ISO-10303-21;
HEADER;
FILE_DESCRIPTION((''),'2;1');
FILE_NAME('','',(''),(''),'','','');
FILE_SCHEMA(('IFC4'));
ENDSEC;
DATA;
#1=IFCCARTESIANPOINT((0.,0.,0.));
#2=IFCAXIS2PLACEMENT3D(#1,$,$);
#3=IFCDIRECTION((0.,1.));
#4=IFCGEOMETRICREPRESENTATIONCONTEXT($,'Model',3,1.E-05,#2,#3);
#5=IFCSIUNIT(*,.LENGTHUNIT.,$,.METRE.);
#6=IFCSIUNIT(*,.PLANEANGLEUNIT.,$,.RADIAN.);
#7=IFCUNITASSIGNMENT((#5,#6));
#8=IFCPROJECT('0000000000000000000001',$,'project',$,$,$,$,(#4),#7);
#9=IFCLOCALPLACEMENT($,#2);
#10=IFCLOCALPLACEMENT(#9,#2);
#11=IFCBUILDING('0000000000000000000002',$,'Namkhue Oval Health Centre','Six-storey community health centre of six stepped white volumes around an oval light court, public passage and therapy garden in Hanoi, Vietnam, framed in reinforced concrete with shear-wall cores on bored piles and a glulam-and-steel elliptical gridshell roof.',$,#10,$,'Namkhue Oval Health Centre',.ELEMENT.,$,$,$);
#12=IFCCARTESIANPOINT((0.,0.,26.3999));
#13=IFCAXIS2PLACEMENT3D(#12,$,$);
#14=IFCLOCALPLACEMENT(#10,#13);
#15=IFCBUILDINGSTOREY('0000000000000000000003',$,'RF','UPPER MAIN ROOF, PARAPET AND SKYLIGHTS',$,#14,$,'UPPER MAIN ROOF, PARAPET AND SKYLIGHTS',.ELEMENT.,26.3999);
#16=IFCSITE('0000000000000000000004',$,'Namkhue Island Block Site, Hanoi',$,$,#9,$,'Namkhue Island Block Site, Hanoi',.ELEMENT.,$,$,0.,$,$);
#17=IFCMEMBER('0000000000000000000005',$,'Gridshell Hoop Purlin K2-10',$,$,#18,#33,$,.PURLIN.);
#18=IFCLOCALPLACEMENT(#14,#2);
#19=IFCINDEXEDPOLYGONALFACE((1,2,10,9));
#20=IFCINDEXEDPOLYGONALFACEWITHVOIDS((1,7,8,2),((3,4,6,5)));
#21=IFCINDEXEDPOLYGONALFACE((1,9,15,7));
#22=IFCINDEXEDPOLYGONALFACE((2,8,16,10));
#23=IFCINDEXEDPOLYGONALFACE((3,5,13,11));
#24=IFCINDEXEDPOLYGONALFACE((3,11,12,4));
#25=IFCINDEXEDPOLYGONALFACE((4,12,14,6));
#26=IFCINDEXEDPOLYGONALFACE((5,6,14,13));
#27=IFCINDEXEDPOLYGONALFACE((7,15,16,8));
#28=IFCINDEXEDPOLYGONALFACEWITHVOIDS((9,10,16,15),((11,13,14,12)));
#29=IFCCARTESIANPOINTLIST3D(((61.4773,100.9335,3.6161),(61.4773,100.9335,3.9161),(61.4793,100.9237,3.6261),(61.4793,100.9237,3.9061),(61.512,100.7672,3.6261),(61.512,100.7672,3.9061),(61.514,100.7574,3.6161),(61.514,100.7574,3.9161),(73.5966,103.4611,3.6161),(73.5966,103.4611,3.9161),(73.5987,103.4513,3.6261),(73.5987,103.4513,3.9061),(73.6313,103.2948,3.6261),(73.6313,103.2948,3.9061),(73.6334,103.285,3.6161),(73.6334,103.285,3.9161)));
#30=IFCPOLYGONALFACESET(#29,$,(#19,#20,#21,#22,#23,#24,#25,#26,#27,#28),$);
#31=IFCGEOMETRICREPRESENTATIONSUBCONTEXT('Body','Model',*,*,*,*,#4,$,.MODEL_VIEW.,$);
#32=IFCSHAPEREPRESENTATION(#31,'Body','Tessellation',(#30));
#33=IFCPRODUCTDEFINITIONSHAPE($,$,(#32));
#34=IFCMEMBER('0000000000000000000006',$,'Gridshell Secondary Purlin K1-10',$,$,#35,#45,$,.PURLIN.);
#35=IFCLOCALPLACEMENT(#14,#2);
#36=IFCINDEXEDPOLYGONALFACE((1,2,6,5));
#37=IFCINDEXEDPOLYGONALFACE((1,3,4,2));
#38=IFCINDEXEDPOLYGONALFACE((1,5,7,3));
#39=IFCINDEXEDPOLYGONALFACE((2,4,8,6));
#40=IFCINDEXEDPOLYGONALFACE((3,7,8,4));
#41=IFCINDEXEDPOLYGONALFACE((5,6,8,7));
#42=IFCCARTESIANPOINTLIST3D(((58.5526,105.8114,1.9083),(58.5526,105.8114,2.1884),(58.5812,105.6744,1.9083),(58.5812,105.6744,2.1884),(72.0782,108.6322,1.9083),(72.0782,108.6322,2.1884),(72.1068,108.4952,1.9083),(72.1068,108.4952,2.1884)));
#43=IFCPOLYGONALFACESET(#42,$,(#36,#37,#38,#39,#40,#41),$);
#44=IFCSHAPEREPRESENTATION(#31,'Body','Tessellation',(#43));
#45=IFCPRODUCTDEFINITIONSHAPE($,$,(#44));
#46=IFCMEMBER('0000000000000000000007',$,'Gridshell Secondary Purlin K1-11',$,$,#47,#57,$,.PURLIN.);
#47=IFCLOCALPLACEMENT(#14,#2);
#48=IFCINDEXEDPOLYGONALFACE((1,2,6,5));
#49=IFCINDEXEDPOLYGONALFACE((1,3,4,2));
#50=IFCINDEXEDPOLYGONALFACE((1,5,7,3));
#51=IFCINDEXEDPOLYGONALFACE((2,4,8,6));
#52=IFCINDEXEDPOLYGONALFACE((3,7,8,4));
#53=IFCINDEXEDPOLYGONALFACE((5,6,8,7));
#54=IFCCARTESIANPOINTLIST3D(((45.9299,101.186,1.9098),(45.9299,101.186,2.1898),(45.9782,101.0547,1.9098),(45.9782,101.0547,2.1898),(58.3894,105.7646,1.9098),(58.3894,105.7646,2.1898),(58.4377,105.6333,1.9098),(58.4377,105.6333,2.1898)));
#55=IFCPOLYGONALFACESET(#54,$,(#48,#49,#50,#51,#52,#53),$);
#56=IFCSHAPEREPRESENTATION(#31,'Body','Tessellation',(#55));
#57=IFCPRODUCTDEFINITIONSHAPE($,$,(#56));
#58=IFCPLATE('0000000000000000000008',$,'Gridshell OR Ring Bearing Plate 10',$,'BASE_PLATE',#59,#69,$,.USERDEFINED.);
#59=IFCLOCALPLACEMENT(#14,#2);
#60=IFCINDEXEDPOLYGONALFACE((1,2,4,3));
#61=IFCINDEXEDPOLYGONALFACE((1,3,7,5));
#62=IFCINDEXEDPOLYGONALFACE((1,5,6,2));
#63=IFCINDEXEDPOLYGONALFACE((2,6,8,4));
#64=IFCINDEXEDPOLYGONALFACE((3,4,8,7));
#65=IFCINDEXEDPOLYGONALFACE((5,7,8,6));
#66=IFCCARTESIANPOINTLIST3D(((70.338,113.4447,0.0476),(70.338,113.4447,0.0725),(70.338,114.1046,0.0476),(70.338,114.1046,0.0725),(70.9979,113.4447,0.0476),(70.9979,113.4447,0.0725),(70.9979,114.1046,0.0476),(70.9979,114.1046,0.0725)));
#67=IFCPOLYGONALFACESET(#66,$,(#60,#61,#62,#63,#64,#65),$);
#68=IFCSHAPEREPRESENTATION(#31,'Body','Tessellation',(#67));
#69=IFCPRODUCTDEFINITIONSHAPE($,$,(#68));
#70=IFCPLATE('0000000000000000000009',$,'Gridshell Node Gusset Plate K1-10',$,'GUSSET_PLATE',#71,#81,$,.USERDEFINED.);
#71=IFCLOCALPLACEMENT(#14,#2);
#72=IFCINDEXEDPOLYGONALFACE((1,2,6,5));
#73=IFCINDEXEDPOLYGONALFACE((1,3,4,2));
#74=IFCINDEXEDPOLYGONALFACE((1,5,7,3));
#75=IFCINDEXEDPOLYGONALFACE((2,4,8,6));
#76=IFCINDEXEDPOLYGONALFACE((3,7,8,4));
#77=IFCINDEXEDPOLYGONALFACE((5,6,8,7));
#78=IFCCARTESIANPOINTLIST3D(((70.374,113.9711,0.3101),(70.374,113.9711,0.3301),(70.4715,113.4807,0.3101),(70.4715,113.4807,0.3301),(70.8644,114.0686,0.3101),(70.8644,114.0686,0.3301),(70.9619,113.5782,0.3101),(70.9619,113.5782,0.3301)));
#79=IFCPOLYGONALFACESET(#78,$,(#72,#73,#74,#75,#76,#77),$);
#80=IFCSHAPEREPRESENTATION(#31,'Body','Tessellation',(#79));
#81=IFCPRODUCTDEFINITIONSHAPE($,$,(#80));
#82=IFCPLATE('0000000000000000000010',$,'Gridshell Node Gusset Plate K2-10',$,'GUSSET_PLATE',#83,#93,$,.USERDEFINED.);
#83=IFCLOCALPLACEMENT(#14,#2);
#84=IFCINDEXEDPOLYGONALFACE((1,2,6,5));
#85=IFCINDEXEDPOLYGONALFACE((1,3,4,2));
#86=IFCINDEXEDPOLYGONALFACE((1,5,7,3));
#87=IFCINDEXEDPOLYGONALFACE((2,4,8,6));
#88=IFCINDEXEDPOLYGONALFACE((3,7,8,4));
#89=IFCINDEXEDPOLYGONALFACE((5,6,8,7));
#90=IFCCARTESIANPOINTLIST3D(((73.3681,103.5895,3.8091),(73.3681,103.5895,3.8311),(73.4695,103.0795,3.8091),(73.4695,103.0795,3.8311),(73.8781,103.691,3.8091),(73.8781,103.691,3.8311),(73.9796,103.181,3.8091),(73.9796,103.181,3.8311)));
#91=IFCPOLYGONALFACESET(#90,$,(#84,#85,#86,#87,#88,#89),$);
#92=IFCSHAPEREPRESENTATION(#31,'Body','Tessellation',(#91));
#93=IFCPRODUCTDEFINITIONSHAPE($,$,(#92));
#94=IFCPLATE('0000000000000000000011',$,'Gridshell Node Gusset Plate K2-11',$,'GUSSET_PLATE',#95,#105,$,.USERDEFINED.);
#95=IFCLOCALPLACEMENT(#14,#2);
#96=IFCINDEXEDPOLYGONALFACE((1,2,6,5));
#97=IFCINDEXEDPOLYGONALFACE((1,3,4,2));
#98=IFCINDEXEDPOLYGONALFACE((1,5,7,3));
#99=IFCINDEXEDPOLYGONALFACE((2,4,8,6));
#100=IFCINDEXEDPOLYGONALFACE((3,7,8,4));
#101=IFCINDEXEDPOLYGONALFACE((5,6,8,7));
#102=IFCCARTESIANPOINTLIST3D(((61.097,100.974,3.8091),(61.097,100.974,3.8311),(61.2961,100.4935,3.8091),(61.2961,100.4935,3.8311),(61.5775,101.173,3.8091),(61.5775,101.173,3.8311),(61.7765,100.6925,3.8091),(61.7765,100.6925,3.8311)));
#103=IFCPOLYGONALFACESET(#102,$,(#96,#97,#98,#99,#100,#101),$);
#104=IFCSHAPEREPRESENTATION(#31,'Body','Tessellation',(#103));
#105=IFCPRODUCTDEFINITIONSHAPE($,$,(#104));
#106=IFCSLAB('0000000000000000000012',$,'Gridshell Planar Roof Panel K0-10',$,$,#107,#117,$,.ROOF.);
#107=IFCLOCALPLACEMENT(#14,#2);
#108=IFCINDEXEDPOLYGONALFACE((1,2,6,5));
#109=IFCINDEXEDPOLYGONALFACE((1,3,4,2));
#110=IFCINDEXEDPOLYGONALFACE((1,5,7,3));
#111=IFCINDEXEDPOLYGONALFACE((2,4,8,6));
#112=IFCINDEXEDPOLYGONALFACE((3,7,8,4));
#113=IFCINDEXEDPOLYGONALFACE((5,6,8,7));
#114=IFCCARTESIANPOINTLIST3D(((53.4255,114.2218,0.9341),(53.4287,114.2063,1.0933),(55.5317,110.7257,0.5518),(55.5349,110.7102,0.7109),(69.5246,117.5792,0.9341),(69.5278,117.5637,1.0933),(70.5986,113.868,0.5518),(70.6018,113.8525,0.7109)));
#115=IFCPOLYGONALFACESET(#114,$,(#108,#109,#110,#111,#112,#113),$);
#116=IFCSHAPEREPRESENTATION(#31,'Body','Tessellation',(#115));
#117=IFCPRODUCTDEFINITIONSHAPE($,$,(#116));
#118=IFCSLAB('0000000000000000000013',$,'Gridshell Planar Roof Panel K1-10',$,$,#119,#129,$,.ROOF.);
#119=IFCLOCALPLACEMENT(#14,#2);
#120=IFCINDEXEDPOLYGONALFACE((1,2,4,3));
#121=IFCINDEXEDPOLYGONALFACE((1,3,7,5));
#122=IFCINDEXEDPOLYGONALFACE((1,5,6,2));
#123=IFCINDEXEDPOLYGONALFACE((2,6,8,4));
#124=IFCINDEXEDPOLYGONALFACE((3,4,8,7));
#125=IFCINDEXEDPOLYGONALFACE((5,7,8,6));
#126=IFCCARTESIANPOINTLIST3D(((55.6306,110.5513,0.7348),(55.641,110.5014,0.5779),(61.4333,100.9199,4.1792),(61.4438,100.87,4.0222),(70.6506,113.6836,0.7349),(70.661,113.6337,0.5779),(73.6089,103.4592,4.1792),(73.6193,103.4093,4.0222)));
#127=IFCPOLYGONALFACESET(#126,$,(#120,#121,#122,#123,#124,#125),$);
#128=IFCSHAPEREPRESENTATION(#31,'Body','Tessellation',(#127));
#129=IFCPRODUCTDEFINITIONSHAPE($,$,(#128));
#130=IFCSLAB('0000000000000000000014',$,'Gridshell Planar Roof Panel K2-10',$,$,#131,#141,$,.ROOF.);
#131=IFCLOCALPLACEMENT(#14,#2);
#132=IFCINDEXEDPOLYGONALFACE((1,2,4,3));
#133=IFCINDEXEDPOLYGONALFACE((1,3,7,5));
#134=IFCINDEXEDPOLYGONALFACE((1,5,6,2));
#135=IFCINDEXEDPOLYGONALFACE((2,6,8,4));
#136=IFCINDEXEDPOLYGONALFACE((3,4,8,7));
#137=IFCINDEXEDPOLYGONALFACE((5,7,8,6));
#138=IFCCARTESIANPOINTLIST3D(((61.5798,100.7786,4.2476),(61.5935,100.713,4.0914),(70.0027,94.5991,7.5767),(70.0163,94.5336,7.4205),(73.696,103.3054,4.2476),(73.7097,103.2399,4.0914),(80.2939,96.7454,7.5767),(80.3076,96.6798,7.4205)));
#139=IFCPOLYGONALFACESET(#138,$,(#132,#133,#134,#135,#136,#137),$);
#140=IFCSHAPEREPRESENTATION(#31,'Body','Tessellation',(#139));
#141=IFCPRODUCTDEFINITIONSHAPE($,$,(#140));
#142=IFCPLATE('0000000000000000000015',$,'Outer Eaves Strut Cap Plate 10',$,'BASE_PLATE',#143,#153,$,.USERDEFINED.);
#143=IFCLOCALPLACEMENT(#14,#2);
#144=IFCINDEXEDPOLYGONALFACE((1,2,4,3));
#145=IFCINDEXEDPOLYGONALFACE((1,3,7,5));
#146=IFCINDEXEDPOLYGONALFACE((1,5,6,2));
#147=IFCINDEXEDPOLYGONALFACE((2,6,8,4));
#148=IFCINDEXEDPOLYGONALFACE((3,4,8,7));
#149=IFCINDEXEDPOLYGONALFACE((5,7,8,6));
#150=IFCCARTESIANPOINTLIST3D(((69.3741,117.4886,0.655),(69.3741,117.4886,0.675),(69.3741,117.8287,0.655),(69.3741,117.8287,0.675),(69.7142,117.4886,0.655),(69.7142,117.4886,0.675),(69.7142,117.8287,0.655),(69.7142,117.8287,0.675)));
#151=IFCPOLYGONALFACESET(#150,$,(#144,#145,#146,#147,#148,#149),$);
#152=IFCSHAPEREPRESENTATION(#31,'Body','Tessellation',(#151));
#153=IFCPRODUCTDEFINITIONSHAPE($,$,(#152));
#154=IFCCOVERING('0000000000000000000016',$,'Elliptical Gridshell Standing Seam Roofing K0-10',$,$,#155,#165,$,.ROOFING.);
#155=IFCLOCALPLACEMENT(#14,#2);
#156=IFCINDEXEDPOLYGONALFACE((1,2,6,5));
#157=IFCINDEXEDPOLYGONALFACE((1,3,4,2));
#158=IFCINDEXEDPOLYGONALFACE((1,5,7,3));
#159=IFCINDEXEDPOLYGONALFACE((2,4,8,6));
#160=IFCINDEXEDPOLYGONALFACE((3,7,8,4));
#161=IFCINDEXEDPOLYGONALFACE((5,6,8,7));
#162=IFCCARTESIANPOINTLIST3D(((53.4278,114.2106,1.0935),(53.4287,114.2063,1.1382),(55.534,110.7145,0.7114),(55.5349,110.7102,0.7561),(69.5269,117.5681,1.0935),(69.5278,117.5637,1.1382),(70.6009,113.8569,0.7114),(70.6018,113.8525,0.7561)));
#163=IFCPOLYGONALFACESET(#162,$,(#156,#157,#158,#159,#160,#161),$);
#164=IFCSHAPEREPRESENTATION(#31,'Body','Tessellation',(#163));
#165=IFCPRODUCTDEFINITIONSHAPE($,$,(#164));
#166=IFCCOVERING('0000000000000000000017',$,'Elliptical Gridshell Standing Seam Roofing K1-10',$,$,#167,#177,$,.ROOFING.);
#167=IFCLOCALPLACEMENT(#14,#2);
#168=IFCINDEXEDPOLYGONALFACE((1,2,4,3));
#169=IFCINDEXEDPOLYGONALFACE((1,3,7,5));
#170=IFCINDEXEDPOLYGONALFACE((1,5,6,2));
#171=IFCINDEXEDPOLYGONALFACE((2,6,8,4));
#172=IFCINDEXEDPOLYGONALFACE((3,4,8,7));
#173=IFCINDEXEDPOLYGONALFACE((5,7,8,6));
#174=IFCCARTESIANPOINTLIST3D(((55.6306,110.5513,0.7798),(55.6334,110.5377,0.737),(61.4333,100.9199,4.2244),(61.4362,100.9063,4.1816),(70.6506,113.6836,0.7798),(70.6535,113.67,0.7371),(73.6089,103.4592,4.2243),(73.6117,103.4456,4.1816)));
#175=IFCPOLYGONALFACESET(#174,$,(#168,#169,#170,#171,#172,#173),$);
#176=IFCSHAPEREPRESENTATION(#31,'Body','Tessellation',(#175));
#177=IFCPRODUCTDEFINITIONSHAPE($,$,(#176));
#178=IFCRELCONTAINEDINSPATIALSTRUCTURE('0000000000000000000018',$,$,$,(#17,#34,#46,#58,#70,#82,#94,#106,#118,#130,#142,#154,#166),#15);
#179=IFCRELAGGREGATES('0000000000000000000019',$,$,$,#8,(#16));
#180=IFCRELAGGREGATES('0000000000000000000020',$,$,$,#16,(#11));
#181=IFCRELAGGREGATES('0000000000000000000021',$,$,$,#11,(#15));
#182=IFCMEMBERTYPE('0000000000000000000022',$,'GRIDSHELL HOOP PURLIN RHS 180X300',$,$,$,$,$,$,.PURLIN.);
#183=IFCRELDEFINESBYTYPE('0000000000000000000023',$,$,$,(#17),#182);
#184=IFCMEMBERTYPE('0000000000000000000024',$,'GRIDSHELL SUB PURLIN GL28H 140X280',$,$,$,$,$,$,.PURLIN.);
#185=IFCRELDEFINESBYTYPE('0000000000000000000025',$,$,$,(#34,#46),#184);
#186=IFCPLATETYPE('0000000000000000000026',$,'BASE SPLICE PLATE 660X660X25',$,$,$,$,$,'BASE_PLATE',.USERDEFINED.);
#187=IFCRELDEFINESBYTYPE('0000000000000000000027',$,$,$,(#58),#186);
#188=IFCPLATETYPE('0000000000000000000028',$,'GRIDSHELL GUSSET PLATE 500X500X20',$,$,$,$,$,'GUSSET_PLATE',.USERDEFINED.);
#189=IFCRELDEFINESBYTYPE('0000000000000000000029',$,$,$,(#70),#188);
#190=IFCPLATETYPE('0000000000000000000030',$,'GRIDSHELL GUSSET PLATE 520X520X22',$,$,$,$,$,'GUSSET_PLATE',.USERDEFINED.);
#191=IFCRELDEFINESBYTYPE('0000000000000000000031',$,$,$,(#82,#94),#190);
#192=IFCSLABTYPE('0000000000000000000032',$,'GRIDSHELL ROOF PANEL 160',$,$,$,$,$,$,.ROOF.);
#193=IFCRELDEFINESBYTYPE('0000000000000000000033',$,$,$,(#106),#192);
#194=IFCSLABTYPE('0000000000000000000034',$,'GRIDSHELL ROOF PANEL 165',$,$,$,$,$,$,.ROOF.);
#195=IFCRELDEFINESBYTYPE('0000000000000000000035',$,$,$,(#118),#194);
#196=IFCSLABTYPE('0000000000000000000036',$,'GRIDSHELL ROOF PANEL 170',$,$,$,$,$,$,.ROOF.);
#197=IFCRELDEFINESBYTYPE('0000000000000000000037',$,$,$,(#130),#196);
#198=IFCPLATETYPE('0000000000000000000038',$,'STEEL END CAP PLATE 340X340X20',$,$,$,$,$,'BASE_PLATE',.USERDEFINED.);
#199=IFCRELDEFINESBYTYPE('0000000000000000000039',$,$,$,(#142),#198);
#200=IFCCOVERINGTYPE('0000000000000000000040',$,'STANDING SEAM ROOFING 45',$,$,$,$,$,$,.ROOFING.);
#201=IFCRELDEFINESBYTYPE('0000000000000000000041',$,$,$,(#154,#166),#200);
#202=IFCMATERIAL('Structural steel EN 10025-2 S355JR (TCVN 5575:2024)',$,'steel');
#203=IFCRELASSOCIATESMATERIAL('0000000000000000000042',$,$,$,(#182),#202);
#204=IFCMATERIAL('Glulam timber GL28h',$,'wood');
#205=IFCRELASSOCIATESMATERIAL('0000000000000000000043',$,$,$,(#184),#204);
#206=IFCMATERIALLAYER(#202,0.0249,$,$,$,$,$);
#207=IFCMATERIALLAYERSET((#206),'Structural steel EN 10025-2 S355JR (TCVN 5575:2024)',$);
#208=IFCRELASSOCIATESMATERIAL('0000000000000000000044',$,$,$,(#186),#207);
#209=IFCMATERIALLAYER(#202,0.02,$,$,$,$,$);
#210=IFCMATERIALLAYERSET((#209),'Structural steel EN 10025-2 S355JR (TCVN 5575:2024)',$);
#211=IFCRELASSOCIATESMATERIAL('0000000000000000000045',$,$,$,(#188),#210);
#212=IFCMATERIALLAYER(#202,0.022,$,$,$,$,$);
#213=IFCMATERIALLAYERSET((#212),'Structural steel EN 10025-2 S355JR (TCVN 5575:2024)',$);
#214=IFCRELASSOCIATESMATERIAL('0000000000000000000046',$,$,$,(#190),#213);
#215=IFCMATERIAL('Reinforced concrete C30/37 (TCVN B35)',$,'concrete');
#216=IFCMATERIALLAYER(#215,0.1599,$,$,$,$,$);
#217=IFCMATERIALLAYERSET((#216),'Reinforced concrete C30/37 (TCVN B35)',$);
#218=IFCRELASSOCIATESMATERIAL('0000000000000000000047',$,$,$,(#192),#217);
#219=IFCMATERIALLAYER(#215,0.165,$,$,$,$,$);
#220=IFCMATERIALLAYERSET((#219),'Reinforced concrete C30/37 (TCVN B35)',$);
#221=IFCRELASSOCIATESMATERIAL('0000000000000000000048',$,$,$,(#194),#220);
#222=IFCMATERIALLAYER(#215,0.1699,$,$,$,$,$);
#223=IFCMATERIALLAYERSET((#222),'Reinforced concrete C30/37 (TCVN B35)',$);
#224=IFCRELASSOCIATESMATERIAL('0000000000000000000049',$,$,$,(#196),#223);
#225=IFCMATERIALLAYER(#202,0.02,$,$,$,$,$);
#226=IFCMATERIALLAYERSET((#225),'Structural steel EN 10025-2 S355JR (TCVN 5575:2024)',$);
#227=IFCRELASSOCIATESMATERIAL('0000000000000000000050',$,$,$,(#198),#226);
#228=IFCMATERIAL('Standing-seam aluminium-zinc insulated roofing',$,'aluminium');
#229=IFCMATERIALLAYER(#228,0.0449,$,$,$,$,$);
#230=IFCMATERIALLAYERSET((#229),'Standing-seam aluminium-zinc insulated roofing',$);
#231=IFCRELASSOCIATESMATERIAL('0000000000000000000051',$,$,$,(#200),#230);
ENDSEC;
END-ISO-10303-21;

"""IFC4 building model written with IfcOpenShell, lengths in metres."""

from ifc_helpers import new_model, si_unit, direction, frame, origin, origin_2d, place, context, subcontext, project, spatial, polyline, rectangle, hollow_rectangle, outline, extrude, material, layer, layer_set, material_profile, profile_set, type_object, element, save


model = new_model("IFC4")

# Units and contexts
model_context = context("Model", 3, precision=1e-05, world=origin(), true_north=direction((0.0, 1.0)))
body_context = subcontext(model_context, "Body", "Model", "MODEL_VIEW")
ifc_project = project(units=[si_unit("LENGTHUNIT", "METRE"), si_unit("PLANEANGLEUNIT", "RADIAN")], contexts=[model_context])

# Site, building, storey
site_placement = place(None, origin())
site = spatial("IfcSite", under=ifc_project, at=site_placement, Name="Namkhue Island Block Site, Hanoi", LongName="Namkhue Island Block Site, Hanoi", CompositionType="ELEMENT", RefElevation=0.0)
building_placement = place(site_placement, origin())
building = spatial("IfcBuilding", under=site, at=building_placement, Name="Namkhue Oval Health Centre", Description="Six-storey community health centre of six stepped white volumes around an oval light court, public passage and therapy garden in Hanoi, Vietnam, framed in reinforced concrete with shear-wall cores on bored piles and a glulam-and-steel elliptical gridshell roof.", LongName="Namkhue Oval Health Centre", CompositionType="ELEMENT")
storey_placement = place(building_placement, frame((0.0, 0.0, 26.3999)))
storey = spatial("IfcBuildingStorey", under=building, at=storey_placement, Name="RF", Description="UPPER MAIN ROOF, PARAPET AND SKYLIGHTS", LongName="UPPER MAIN ROOF, PARAPET AND SKYLIGHTS", CompositionType="ELEMENT", Elevation=26.3999)

# Members
ifc_material_1 = material(Name="Structural steel EN 10025-2 S355JR (TCVN 5575:2024)", Category="steel")
ifc_material_2 = material(Name="Glulam timber GL28h", Category="wood")
ifc_material_profile_1 = material_profile(ifc_material_1, hollow_rectangle(XDim=0.1799, YDim=0.3, WallThickness=0.01, at=origin_2d()), Name="RHS 180x300x10")
ifc_profile_set_1 = profile_set([ifc_material_profile_1], Name="Structural steel EN 10025-2 S355JR (TCVN 5575:2024)")
member_type_1 = type_object("IfcMemberType", Name="GRIDSHELL HOOP PURLIN RHS 180X300", PredefinedType="PURLIN", material=ifc_profile_set_1)
member_1_placement = place(storey_placement, frame((73.615, 103.373, 3.7661), z_axis=(-0.978937, -0.204165, 0.0), x_axis=(0.204165, -0.978937, 0.0)))
element("IfcMember", 1, at=member_1_placement, inside=storey, type_object=member_type_1, Name="Gridshell Hoop Purlin K2-10", PredefinedType="PURLIN", context=body_context, shape_type="SweptSolid", body=[
    extrude(hollow_rectangle(XDim=0.1799, YDim=0.3, WallThickness=0.01, at=origin_2d()), origin(), (0.0, 0.0, 1.0), 12.3801),
])
ifc_material_profile_2 = material_profile(ifc_material_2, rectangle(XDim=0.1399, YDim=0.28, at=origin_2d()), Name="GL28h 140x280")
ifc_profile_set_2 = profile_set([ifc_material_profile_2], Name="Glulam timber GL28h")
member_type_2 = type_object("IfcMemberType", Name="GRIDSHELL SUB PURLIN GL28H 140X280", PredefinedType="PURLIN", material=ifc_profile_set_2)
member_2_placement = place(storey_placement, frame((72.0925, 108.5637, 2.0483), z_axis=(-0.978938, -0.20416, 0.0), x_axis=(0.20416, -0.978938, 0.0)))
element("IfcMember", 2, at=member_2_placement, inside=storey, type_object=member_type_2, Name="Gridshell Secondary Purlin K1-10", PredefinedType="PURLIN", context=body_context, shape_type="SweptSolid", body=[
    extrude(rectangle(XDim=0.1399, YDim=0.28, at=origin_2d()), origin(), (0.0, 0.0, 1.0), 13.8167),
])
member_3_placement = place(storey_placement, frame((58.4136, 105.699, 2.0498), z_axis=(-0.938629, -0.344928, 0.0), x_axis=(0.344928, -0.938629, 0.0)))
element("IfcMember", 3, at=member_3_placement, inside=storey, type_object=member_type_2, Name="Gridshell Secondary Purlin K1-11", PredefinedType="PURLIN", context=body_context, shape_type="SweptSolid", body=[
    extrude(rectangle(XDim=0.1399, YDim=0.28, at=origin_2d()), origin(), (0.0, 0.0, 1.0), 13.2742),
])

# Plates
ifc_layer_1 = layer(ifc_material_1, 0.0249)
ifc_layer_set_1 = layer_set([ifc_layer_1], Name="Structural steel EN 10025-2 S355JR (TCVN 5575:2024)")
plate_type_1 = type_object("IfcPlateType", Name="BASE SPLICE PLATE 660X660X25", ElementType="BASE_PLATE", PredefinedType="USERDEFINED", material=ifc_layer_set_1)
plate_1_placement = place(storey_placement, frame((70.668, 113.7747, 0.0476), z_axis=(0.0, 0.0, 1.0), x_axis=(1.0, 0.0, 0.0)))
element("IfcPlate", 4, at=plate_1_placement, inside=storey, type_object=plate_type_1, Name="Gridshell OR Ring Bearing Plate 10", ObjectType="BASE_PLATE", PredefinedType="USERDEFINED", context=body_context, shape_type="SweptSolid", body=[
    extrude(rectangle(XDim=0.6599, YDim=0.6599, at=origin_2d()), origin(), (0.0, 0.0, 1.0), 0.0249),
])
ifc_layer_2 = layer(ifc_material_1, 0.02)
ifc_layer_set_2 = layer_set([ifc_layer_2], Name="Structural steel EN 10025-2 S355JR (TCVN 5575:2024)")
plate_type_2 = type_object("IfcPlateType", Name="GRIDSHELL GUSSET PLATE 500X500X20", ElementType="GUSSET_PLATE", PredefinedType="USERDEFINED", material=ifc_layer_set_2)
plate_2_placement = place(storey_placement, frame((70.668, 113.7747, 0.3101), z_axis=(0.0, 0.0, 1.0), x_axis=(-0.19509, 0.980785, 0.0)))
element("IfcPlate", 5, at=plate_2_placement, inside=storey, type_object=plate_type_2, Name="Gridshell Node Gusset Plate K1-10", ObjectType="GUSSET_PLATE", PredefinedType="USERDEFINED", context=body_context, shape_type="SweptSolid", body=[
    extrude(rectangle(XDim=0.5, YDim=0.5, at=origin_2d()), origin(), (0.0, 0.0, 1.0), 0.02),
])
ifc_layer_3 = layer(ifc_material_1, 0.022)
ifc_layer_set_3 = layer_set([ifc_layer_3], Name="Structural steel EN 10025-2 S355JR (TCVN 5575:2024)")
plate_type_3 = type_object("IfcPlateType", Name="GRIDSHELL GUSSET PLATE 520X520X22", ElementType="GUSSET_PLATE", PredefinedType="USERDEFINED", material=ifc_layer_set_3)
for number, where, z_axis, x_axis, name in (
    (6, (73.6738, 103.3853, 3.8091), (0.0, 0.0, 1.0), (-0.19509, 0.980785, 0.0), "Gridshell Node Gusset Plate K2-10"),
    (7, (61.4368, 100.8333, 3.8091), (0.0, 0.0, 1.0), (-0.382683, 0.92388, 0.0), "Gridshell Node Gusset Plate K2-11"),
):
    element("IfcPlate", number, at=place(storey_placement, frame(where, z_axis=z_axis, x_axis=x_axis)), inside=storey, type_object=plate_type_3, Name=name, ObjectType="GUSSET_PLATE", PredefinedType="USERDEFINED", context=body_context, shape_type="SweptSolid", body=[
        extrude(rectangle(XDim=0.52, YDim=0.52, at=origin_2d()), origin(), (0.0, 0.0, 1.0), 0.022),
    ])

# Slabs
ifc_material_3 = material(Name="Reinforced concrete C30/37 (TCVN B35)", Category="concrete")
ifc_layer_4 = layer(ifc_material_3, 0.1599)
ifc_layer_set_4 = layer_set([ifc_layer_4], Name="Reinforced concrete C30/37 (TCVN B35)")
slab_type_1 = type_object("IfcSlabType", Name="GRIDSHELL ROOF PANEL 160", PredefinedType="ROOF", material=ifc_layer_set_4)
slab_1_placement = place(storey_placement, frame((69.5278, 117.5637, 1.0933), z_axis=(0.020163, -0.096679, 0.995111), x_axis=(-0.978939, -0.204155, 0.000001)))
element("IfcSlab", 8, at=slab_1_placement, inside=storey, type_object=slab_type_1, Name="Gridshell Planar Roof Panel K0-10", PredefinedType="ROOF", context=body_context, shape_type="SweptSolid", body=[
    extrude(outline(polyline([(0.0, 0.0), (16.4455, 0.0), (15.0974, 3.8714), (-0.2937, 3.8712), (0.0, 0.0)])), origin(), (0.0, 0.0, -1.0), 0.1599),
])
ifc_layer_5 = layer(ifc_material_3, 0.165)
ifc_layer_set_5 = layer_set([ifc_layer_5], Name="Reinforced concrete C30/37 (TCVN B35)")
slab_type_2 = type_object("IfcSlabType", Name="GRIDSHELL ROOF PANEL 165", PredefinedType="ROOF", material=ifc_layer_set_5)
slab_2_placement = place(storey_placement, frame((70.6506, 113.6836, 0.7349), z_axis=(-0.063021, 0.302186, 0.951163), x_axis=(-0.978939, -0.204152, -0.000002)))
element("IfcSlab", 9, at=slab_2_placement, inside=storey, type_object=slab_type_2, Name="Gridshell Planar Roof Panel K1-10", PredefinedType="ROOF", context=body_context, shape_type="SweptSolid", body=[
    extrude(outline(polyline([(0.0, 0.0), (15.3432, 0.0), (11.6289, 11.1581), (-0.8086, 11.1579), (0.0, 0.0)])), origin(), (0.0, 0.0, -1.0), 0.165),
])
ifc_layer_6 = layer(ifc_material_3, 0.1699)
ifc_layer_set_6 = layer_set([ifc_layer_6], Name="Reinforced concrete C30/37 (TCVN B35)")
slab_type_3 = type_object("IfcSlabType", Name="GRIDSHELL ROOF PANEL 170", PredefinedType="ROOF", material=ifc_layer_set_6)
slab_3_placement = place(storey_placement, frame((73.696, 103.3054, 4.2476), z_axis=(-0.080413, 0.385581, 0.919163), x_axis=(-0.978938, -0.204159, 0.0)))
element("IfcSlab", 10, at=slab_3_placement, inside=storey, type_object=slab_type_3, Name="Gridshell Planar Roof Panel K2-10", PredefinedType="ROOF", context=body_context, shape_type="SweptSolid", body=[
    extrude(outline(polyline([(0.0, 0.0), (12.3769, 0.0), (5.393, 8.4521), (-5.1196, 8.4522), (0.0, 0.0)])), origin(), (0.0, 0.0, -1.0), 0.1699),
])

# Plate
ifc_layer_7 = layer(ifc_material_1, 0.02)
ifc_layer_set_7 = layer_set([ifc_layer_7], Name="Structural steel EN 10025-2 S355JR (TCVN 5575:2024)")
plate_type_4 = type_object("IfcPlateType", Name="STEEL END CAP PLATE 340X340X20", ElementType="BASE_PLATE", PredefinedType="USERDEFINED", material=ifc_layer_set_7)
plate_3_placement = place(storey_placement, frame((69.5442, 117.6587, 0.655), z_axis=(0.0, 0.0, 1.0), x_axis=(1.0, 0.0, 0.0)))
element("IfcPlate", 11, at=plate_3_placement, inside=storey, type_object=plate_type_4, Name="Outer Eaves Strut Cap Plate 10", ObjectType="BASE_PLATE", PredefinedType="USERDEFINED", context=body_context, shape_type="SweptSolid", body=[
    extrude(rectangle(XDim=0.3401, YDim=0.3401, at=origin_2d()), origin(), (0.0, 0.0, 1.0), 0.02),
])

# Coverings
ifc_material_4 = material(Name="Standing-seam aluminium-zinc insulated roofing", Category="aluminium")
ifc_layer_8 = layer(ifc_material_4, 0.0449)
ifc_layer_set_8 = layer_set([ifc_layer_8], Name="Standing-seam aluminium-zinc insulated roofing")
covering_type_1 = type_object("IfcCoveringType", Name="STANDING SEAM ROOFING 45", PredefinedType="ROOFING", material=ifc_layer_set_8)
covering_1_placement = place(storey_placement, frame((69.5278, 117.5637, 1.1382), z_axis=(0.02015, -0.096618, 0.995118), x_axis=(-0.978939, -0.204155, 0.000001)))
element("IfcCovering", 12, at=covering_1_placement, inside=storey, type_object=covering_type_1, Name="Elliptical Gridshell Standing Seam Roofing K0-10", PredefinedType="ROOFING", context=body_context, shape_type="SweptSolid", body=[
    extrude(outline(polyline([(0.0, 0.0), (16.4455, 0.0), (15.0974, 3.8714), (-0.2937, 3.8712), (0.0, 0.0)])), origin(), (0.0, 0.0, -1.0), 0.0449),
])
covering_2_placement = place(storey_placement, frame((70.6506, 113.6836, 0.7798), z_axis=(-0.063025, 0.302206, 0.951157), x_axis=(-0.978939, -0.204152, -0.000002)))
element("IfcCovering", 13, at=covering_2_placement, inside=storey, type_object=covering_type_1, Name="Elliptical Gridshell Standing Seam Roofing K1-10", PredefinedType="ROOFING", context=body_context, shape_type="SweptSolid", body=[
    extrude(outline(polyline([(0.0, 0.0), (15.3432, 0.0), (11.6289, 11.1581), (-0.8086, 11.158), (0.0, 0.0)])), origin(), (0.0, 0.0, -1.0), 0.0449),
])

save(model, "model.ifc")
